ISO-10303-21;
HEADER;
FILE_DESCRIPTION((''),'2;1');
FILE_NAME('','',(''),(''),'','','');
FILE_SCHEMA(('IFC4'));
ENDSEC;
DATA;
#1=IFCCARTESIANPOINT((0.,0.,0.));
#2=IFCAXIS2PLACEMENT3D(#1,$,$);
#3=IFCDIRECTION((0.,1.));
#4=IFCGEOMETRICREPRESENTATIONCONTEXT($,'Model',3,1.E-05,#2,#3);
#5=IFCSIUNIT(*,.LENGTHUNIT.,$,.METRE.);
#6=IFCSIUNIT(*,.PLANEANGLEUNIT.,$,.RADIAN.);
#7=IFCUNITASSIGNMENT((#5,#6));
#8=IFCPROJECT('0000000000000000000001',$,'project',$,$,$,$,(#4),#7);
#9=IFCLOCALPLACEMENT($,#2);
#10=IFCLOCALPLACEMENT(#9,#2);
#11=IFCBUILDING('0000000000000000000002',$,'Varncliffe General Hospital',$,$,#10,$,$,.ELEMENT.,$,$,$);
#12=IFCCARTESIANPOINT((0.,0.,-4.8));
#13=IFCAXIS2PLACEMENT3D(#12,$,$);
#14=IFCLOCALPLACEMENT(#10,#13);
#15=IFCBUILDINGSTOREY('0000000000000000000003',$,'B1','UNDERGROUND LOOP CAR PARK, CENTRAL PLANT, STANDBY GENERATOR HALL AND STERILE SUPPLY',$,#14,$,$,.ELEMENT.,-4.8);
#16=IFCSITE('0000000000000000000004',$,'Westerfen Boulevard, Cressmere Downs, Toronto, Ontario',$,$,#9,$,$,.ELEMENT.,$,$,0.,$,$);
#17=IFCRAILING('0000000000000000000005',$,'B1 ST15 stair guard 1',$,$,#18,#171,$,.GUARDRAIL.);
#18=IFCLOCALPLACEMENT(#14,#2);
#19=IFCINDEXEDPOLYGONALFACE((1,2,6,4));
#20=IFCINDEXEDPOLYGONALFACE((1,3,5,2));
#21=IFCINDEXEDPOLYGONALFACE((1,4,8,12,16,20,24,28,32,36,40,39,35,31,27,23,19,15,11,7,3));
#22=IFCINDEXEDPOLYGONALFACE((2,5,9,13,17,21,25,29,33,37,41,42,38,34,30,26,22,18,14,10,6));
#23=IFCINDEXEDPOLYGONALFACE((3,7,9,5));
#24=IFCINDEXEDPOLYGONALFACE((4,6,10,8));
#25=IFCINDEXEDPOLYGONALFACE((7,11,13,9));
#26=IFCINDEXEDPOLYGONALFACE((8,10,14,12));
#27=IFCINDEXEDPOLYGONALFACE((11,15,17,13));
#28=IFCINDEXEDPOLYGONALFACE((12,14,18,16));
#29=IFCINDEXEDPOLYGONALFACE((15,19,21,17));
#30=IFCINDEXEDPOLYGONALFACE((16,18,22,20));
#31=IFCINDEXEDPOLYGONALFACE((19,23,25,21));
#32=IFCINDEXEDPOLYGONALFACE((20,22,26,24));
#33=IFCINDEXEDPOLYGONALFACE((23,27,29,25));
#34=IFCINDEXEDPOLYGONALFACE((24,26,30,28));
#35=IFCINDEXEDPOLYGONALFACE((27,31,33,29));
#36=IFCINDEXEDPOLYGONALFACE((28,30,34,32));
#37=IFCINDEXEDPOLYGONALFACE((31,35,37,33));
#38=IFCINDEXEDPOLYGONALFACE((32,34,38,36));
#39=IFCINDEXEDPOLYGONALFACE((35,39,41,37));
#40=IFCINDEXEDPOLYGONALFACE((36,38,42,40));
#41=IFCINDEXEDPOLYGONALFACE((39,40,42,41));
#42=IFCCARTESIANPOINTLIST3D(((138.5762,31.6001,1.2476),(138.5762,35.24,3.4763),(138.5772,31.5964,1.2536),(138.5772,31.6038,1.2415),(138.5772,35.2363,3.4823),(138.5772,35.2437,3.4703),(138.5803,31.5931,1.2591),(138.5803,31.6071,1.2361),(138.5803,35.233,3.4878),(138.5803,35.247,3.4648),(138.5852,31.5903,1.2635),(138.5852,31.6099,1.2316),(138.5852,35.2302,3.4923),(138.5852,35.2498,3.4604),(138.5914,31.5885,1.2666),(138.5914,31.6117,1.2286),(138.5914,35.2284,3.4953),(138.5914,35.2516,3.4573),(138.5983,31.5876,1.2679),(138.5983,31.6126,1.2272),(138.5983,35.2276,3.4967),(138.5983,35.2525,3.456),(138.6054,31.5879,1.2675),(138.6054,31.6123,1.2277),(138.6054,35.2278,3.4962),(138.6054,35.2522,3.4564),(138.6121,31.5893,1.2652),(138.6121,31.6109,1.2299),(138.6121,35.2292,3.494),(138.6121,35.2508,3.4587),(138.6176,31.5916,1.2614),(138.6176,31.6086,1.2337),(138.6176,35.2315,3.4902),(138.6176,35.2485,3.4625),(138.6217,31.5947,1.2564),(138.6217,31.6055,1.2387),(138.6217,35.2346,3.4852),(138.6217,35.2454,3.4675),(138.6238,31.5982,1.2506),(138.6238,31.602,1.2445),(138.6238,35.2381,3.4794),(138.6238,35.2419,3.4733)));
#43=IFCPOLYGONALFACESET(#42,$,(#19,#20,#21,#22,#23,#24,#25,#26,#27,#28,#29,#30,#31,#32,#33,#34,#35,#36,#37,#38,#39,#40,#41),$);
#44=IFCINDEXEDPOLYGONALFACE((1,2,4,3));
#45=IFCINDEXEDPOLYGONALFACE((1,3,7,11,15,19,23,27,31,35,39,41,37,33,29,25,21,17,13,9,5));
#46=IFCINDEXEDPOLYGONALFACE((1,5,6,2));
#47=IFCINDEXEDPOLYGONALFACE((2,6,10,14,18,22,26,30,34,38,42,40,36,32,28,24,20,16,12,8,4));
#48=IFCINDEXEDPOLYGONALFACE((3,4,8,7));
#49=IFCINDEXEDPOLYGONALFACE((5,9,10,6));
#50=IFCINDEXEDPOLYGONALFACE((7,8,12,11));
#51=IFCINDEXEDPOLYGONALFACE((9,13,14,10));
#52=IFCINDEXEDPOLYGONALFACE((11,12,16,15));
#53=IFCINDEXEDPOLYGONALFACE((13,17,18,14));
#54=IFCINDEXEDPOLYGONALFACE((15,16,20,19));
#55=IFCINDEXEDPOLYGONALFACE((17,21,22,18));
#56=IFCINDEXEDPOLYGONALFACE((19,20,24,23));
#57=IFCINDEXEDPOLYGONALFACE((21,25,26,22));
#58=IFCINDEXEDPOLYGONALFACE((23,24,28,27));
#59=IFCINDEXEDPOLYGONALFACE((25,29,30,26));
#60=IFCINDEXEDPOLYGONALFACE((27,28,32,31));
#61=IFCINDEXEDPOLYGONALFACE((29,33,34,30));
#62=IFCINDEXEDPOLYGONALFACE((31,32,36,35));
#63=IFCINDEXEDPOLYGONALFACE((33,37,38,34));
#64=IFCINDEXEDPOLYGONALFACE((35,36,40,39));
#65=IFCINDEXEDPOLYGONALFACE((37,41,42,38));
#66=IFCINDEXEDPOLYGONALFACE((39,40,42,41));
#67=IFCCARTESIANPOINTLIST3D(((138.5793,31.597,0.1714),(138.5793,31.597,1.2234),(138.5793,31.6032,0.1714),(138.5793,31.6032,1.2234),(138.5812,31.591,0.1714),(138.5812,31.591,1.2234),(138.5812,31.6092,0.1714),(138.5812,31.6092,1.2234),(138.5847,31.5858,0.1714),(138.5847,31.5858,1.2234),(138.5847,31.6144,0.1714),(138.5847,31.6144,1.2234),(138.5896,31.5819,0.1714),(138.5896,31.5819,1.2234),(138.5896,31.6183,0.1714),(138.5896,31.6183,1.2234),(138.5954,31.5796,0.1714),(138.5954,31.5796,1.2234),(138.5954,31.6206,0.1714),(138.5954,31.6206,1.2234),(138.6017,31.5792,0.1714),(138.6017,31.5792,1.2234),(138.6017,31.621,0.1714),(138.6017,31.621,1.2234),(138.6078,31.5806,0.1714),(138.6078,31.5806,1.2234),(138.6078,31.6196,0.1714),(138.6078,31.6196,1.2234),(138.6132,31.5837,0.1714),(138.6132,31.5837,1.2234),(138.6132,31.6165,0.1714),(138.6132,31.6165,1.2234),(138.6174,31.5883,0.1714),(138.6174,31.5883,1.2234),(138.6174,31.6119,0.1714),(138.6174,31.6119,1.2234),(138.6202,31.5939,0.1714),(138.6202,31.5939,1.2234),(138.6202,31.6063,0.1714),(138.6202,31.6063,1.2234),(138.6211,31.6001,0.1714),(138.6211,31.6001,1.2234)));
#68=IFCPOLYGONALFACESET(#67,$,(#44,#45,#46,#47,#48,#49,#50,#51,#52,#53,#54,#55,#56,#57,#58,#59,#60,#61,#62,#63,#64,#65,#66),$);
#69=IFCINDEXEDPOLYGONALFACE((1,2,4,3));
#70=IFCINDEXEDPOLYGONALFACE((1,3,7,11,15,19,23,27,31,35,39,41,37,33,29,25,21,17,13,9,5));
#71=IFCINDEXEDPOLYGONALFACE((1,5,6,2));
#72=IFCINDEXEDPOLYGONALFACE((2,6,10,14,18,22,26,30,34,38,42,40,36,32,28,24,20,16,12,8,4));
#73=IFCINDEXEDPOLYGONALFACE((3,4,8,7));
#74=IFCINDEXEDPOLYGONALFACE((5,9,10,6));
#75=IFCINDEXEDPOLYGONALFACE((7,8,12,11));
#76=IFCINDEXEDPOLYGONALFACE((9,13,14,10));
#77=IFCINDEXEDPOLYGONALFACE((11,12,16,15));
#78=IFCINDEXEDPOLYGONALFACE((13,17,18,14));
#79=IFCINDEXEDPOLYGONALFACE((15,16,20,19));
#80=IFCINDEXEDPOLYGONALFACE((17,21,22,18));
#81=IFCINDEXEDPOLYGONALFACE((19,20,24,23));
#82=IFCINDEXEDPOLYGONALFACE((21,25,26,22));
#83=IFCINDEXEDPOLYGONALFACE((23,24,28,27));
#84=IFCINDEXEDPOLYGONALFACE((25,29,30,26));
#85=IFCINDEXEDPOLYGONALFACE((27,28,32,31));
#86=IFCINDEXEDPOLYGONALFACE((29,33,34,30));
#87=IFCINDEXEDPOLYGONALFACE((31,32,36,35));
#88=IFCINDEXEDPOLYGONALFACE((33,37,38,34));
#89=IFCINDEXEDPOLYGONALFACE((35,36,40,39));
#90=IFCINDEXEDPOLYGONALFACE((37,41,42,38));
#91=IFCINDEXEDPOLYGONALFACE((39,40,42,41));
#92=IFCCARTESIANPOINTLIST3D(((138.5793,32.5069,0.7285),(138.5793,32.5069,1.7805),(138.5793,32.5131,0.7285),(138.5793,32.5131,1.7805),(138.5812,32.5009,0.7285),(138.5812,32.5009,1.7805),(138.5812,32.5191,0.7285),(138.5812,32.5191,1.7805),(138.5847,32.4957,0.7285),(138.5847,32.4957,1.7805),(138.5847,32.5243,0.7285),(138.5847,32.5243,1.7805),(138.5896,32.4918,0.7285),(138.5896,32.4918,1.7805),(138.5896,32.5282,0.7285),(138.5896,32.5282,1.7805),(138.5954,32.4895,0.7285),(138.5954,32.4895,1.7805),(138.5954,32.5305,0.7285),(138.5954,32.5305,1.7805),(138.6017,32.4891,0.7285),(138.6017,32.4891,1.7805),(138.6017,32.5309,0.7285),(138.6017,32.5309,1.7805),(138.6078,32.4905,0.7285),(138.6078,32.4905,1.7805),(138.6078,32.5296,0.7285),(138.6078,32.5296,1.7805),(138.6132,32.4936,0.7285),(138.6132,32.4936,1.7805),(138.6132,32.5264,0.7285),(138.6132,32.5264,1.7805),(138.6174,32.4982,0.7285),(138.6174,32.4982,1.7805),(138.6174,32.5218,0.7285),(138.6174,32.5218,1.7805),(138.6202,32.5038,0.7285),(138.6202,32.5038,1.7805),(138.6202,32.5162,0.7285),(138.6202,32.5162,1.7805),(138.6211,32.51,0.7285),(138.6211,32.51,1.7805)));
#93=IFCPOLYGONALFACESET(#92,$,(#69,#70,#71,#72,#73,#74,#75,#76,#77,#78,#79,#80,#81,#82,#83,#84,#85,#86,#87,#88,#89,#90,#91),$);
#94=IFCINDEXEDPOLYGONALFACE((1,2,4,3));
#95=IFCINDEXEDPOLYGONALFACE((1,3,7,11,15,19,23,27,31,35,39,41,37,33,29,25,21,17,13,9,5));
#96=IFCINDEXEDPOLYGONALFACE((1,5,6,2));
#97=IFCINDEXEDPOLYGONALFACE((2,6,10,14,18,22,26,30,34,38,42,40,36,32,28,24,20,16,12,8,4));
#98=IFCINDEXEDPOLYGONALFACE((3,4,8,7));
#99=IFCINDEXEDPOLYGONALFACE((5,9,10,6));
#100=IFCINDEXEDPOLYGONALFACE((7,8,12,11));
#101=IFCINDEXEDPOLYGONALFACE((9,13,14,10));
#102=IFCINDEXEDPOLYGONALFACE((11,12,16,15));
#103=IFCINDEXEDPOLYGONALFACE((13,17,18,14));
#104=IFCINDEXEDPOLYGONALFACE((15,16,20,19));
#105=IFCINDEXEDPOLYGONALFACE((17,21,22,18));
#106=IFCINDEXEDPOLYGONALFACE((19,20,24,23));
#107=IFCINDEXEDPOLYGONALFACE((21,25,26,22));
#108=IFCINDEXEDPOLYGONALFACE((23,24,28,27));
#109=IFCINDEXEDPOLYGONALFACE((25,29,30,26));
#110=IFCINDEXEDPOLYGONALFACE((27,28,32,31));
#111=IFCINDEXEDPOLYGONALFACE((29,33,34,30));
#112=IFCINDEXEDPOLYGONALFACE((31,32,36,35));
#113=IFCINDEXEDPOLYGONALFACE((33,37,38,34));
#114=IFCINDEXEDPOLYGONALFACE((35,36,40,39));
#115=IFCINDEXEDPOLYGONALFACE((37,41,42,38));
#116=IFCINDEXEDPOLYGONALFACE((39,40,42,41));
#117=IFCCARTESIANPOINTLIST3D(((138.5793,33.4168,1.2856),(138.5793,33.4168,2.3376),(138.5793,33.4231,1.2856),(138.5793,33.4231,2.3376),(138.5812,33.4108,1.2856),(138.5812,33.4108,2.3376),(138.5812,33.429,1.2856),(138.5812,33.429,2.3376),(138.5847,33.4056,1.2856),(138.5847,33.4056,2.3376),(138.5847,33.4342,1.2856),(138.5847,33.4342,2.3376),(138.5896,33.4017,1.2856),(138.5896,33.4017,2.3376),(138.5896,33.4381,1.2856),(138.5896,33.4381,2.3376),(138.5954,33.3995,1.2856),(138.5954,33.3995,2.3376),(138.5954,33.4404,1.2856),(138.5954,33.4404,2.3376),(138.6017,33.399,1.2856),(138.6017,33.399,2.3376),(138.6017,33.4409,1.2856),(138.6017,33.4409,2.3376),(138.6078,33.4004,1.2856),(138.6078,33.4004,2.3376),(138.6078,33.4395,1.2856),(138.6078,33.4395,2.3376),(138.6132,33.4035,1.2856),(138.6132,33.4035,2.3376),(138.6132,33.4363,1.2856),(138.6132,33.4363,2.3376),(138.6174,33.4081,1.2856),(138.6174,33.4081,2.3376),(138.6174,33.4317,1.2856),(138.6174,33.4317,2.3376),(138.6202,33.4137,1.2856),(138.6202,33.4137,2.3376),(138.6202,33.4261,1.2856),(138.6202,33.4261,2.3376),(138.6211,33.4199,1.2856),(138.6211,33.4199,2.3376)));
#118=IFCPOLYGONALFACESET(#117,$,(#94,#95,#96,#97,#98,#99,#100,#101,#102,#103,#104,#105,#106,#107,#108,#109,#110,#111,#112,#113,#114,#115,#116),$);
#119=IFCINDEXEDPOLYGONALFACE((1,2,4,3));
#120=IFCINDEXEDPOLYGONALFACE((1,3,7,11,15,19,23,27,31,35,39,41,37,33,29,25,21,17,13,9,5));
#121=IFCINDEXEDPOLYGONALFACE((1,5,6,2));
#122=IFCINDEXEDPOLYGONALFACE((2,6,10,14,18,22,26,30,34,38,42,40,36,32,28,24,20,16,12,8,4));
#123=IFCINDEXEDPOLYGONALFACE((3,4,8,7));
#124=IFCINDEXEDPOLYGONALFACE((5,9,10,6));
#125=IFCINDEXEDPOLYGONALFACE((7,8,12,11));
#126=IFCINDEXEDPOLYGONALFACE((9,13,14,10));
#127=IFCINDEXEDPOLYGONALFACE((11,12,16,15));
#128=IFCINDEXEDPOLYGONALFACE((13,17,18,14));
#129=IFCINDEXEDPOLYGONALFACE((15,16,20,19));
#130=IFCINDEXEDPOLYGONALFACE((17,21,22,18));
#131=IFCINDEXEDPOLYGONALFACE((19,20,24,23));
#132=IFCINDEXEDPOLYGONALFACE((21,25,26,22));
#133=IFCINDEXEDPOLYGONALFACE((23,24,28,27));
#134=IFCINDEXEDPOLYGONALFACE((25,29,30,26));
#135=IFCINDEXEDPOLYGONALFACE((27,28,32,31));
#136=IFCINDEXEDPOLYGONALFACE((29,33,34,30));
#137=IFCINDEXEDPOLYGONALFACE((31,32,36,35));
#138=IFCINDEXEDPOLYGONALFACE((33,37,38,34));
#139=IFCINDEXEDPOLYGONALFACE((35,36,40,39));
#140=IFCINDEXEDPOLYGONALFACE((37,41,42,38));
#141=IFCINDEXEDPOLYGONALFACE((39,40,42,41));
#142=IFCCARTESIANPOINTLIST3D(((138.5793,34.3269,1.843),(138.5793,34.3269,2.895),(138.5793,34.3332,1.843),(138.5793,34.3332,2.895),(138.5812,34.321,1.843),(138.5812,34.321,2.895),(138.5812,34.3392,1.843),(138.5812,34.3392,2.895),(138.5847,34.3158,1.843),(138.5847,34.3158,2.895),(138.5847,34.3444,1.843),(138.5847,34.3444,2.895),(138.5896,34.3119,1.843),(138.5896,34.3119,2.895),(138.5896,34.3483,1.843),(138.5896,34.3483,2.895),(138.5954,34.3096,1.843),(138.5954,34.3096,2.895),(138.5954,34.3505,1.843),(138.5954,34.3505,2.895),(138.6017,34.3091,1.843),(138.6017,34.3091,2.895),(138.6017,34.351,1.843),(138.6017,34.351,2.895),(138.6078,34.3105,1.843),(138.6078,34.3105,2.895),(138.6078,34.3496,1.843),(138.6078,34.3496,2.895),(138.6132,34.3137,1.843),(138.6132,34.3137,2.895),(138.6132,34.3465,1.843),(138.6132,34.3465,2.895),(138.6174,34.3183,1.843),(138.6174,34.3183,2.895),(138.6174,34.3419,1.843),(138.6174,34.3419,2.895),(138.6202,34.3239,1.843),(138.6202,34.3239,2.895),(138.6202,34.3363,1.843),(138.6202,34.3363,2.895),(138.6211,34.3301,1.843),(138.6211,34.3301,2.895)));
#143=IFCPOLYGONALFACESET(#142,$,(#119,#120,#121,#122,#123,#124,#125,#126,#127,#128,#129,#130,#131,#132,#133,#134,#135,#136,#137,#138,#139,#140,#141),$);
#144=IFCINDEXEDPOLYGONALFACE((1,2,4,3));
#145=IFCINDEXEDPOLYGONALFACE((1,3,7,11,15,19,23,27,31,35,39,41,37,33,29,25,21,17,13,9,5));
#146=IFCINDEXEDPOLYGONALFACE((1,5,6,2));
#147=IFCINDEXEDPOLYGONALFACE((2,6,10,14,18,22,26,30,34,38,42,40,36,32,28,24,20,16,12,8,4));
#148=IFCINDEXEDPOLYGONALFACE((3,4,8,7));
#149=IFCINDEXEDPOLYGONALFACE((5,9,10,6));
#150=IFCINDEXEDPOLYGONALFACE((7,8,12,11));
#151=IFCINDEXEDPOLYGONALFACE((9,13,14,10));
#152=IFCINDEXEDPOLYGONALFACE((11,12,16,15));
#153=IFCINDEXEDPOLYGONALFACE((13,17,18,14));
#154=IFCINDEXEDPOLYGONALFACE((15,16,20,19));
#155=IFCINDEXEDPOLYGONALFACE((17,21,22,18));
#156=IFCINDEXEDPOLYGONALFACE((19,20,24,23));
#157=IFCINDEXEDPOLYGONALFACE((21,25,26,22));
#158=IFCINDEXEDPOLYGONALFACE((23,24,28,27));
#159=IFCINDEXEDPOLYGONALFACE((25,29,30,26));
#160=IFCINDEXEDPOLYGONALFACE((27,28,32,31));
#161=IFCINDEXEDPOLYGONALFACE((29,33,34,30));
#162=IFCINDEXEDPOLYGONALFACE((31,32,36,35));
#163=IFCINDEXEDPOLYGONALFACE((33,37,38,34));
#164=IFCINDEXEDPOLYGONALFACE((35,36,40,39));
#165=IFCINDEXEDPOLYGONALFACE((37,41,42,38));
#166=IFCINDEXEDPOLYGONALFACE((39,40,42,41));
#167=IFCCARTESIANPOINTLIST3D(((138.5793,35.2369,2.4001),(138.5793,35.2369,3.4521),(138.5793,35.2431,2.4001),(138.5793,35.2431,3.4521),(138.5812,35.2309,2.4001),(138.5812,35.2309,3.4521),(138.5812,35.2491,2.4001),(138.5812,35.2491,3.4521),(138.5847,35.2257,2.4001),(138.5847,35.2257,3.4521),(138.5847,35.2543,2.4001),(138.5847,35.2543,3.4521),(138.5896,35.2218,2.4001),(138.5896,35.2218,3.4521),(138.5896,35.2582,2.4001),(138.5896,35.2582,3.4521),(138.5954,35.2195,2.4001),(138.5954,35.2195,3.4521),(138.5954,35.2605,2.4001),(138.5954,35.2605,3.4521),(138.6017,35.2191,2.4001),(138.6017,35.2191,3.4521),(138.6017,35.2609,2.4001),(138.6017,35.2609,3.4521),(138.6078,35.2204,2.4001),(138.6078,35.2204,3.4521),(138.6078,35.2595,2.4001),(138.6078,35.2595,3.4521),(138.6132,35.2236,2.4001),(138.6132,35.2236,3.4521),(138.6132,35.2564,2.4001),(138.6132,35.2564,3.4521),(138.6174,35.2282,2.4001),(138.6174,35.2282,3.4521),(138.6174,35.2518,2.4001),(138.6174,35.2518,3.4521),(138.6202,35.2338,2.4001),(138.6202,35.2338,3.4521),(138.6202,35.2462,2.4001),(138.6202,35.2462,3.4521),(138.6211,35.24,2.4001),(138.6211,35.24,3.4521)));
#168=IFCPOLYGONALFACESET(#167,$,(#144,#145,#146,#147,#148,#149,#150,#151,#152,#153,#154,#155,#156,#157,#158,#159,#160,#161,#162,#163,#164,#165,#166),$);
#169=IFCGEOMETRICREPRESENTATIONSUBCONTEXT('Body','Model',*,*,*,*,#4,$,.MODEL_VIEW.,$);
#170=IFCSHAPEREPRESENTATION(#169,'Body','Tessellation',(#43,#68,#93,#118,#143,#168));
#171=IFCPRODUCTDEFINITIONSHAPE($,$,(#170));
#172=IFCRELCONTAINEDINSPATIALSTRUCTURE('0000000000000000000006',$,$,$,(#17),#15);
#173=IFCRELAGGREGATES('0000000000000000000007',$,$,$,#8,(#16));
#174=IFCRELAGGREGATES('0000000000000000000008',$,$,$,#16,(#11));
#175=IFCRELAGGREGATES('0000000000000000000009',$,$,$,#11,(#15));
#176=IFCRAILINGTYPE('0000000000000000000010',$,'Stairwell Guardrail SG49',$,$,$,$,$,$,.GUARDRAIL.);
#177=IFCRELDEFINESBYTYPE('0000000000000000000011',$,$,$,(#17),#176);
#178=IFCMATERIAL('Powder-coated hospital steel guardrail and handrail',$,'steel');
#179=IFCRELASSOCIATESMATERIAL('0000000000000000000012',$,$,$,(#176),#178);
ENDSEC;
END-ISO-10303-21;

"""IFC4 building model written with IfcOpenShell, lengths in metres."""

from ifc_helpers import new_model, si_unit, direction, frame, origin, origin_2d, place, context, subcontext, project, spatial, circle, extrude, material, type_object, element, save


model = new_model("IFC4")

# Units and contexts
model_context = context("Model", 3, precision=1e-05, world=origin(), true_north=direction((0.0, 1.0)))
body_context = subcontext(model_context, "Body", "Model", "MODEL_VIEW")
ifc_project = project(units=[si_unit("LENGTHUNIT", "METRE"), si_unit("PLANEANGLEUNIT", "RADIAN")], contexts=[model_context])

# Site, building, storey
site_placement = place(None, origin())
site = spatial("IfcSite", under=ifc_project, at=site_placement, Name="Westerfen Boulevard, Cressmere Downs, Toronto, Ontario", CompositionType="ELEMENT", RefElevation=0.0)
building_placement = place(site_placement, origin())
building = spatial("IfcBuilding", under=site, at=building_placement, Name="Varncliffe General Hospital", CompositionType="ELEMENT")
storey_placement = place(building_placement, frame((0.0, 0.0, -4.8)))
storey = spatial("IfcBuildingStorey", under=building, at=storey_placement, Name="B1", Description="UNDERGROUND LOOP CAR PARK, CENTRAL PLANT, STANDBY GENERATOR HALL AND STERILE SUPPLY", CompositionType="ELEMENT", Elevation=-4.8)

# Railing
ifc_material_1 = material(Name="Powder-coated hospital steel guardrail and handrail", Category="steel")
railing_type_1 = type_object("IfcRailingType", Name="Stairwell Guardrail SG49", PredefinedType="GUARDRAIL", material=ifc_material_1)
railing_1_placement = place(storey_placement, frame((138.6001, 31.6001, 0.1714)))
element("IfcRailing", 1, at=railing_1_placement, inside=storey, type_object=railing_type_1, Name="B1 ST15 stair guard 1", PredefinedType="GUARDRAIL", context=body_context, shape_type="SweptSolid", body=[
    extrude(circle(Radius=0.0239, at=origin_2d()), frame((0.0, 0.0, 1.0762), z_axis=(0.0, 0.852825, 0.522197), x_axis=(-1.0, 0.0, 0.0)), (0.0, 0.0, 1.0), 4.2681),
    extrude(circle(Radius=0.021, at=origin_2d()), origin(), (0.0, 0.0, 1.0), 1.052),
    extrude(circle(Radius=0.021, at=origin_2d()), frame((0.0, 0.9099, 0.5571)), (0.0, 0.0, 1.0), 1.052),
    extrude(circle(Radius=0.021, at=origin_2d()), frame((0.0, 1.8198, 1.1143)), (0.0, 0.0, 1.0), 1.052),
    extrude(circle(Radius=0.021, at=origin_2d()), frame((0.0, 2.73, 1.6716)), (0.0, 0.0, 1.0), 1.052),
    extrude(circle(Radius=0.021, at=origin_2d()), frame((0.0, 3.6399, 2.2288)), (0.0, 0.0, 1.0), 1.052),
])

save(model, "model.ifc")
